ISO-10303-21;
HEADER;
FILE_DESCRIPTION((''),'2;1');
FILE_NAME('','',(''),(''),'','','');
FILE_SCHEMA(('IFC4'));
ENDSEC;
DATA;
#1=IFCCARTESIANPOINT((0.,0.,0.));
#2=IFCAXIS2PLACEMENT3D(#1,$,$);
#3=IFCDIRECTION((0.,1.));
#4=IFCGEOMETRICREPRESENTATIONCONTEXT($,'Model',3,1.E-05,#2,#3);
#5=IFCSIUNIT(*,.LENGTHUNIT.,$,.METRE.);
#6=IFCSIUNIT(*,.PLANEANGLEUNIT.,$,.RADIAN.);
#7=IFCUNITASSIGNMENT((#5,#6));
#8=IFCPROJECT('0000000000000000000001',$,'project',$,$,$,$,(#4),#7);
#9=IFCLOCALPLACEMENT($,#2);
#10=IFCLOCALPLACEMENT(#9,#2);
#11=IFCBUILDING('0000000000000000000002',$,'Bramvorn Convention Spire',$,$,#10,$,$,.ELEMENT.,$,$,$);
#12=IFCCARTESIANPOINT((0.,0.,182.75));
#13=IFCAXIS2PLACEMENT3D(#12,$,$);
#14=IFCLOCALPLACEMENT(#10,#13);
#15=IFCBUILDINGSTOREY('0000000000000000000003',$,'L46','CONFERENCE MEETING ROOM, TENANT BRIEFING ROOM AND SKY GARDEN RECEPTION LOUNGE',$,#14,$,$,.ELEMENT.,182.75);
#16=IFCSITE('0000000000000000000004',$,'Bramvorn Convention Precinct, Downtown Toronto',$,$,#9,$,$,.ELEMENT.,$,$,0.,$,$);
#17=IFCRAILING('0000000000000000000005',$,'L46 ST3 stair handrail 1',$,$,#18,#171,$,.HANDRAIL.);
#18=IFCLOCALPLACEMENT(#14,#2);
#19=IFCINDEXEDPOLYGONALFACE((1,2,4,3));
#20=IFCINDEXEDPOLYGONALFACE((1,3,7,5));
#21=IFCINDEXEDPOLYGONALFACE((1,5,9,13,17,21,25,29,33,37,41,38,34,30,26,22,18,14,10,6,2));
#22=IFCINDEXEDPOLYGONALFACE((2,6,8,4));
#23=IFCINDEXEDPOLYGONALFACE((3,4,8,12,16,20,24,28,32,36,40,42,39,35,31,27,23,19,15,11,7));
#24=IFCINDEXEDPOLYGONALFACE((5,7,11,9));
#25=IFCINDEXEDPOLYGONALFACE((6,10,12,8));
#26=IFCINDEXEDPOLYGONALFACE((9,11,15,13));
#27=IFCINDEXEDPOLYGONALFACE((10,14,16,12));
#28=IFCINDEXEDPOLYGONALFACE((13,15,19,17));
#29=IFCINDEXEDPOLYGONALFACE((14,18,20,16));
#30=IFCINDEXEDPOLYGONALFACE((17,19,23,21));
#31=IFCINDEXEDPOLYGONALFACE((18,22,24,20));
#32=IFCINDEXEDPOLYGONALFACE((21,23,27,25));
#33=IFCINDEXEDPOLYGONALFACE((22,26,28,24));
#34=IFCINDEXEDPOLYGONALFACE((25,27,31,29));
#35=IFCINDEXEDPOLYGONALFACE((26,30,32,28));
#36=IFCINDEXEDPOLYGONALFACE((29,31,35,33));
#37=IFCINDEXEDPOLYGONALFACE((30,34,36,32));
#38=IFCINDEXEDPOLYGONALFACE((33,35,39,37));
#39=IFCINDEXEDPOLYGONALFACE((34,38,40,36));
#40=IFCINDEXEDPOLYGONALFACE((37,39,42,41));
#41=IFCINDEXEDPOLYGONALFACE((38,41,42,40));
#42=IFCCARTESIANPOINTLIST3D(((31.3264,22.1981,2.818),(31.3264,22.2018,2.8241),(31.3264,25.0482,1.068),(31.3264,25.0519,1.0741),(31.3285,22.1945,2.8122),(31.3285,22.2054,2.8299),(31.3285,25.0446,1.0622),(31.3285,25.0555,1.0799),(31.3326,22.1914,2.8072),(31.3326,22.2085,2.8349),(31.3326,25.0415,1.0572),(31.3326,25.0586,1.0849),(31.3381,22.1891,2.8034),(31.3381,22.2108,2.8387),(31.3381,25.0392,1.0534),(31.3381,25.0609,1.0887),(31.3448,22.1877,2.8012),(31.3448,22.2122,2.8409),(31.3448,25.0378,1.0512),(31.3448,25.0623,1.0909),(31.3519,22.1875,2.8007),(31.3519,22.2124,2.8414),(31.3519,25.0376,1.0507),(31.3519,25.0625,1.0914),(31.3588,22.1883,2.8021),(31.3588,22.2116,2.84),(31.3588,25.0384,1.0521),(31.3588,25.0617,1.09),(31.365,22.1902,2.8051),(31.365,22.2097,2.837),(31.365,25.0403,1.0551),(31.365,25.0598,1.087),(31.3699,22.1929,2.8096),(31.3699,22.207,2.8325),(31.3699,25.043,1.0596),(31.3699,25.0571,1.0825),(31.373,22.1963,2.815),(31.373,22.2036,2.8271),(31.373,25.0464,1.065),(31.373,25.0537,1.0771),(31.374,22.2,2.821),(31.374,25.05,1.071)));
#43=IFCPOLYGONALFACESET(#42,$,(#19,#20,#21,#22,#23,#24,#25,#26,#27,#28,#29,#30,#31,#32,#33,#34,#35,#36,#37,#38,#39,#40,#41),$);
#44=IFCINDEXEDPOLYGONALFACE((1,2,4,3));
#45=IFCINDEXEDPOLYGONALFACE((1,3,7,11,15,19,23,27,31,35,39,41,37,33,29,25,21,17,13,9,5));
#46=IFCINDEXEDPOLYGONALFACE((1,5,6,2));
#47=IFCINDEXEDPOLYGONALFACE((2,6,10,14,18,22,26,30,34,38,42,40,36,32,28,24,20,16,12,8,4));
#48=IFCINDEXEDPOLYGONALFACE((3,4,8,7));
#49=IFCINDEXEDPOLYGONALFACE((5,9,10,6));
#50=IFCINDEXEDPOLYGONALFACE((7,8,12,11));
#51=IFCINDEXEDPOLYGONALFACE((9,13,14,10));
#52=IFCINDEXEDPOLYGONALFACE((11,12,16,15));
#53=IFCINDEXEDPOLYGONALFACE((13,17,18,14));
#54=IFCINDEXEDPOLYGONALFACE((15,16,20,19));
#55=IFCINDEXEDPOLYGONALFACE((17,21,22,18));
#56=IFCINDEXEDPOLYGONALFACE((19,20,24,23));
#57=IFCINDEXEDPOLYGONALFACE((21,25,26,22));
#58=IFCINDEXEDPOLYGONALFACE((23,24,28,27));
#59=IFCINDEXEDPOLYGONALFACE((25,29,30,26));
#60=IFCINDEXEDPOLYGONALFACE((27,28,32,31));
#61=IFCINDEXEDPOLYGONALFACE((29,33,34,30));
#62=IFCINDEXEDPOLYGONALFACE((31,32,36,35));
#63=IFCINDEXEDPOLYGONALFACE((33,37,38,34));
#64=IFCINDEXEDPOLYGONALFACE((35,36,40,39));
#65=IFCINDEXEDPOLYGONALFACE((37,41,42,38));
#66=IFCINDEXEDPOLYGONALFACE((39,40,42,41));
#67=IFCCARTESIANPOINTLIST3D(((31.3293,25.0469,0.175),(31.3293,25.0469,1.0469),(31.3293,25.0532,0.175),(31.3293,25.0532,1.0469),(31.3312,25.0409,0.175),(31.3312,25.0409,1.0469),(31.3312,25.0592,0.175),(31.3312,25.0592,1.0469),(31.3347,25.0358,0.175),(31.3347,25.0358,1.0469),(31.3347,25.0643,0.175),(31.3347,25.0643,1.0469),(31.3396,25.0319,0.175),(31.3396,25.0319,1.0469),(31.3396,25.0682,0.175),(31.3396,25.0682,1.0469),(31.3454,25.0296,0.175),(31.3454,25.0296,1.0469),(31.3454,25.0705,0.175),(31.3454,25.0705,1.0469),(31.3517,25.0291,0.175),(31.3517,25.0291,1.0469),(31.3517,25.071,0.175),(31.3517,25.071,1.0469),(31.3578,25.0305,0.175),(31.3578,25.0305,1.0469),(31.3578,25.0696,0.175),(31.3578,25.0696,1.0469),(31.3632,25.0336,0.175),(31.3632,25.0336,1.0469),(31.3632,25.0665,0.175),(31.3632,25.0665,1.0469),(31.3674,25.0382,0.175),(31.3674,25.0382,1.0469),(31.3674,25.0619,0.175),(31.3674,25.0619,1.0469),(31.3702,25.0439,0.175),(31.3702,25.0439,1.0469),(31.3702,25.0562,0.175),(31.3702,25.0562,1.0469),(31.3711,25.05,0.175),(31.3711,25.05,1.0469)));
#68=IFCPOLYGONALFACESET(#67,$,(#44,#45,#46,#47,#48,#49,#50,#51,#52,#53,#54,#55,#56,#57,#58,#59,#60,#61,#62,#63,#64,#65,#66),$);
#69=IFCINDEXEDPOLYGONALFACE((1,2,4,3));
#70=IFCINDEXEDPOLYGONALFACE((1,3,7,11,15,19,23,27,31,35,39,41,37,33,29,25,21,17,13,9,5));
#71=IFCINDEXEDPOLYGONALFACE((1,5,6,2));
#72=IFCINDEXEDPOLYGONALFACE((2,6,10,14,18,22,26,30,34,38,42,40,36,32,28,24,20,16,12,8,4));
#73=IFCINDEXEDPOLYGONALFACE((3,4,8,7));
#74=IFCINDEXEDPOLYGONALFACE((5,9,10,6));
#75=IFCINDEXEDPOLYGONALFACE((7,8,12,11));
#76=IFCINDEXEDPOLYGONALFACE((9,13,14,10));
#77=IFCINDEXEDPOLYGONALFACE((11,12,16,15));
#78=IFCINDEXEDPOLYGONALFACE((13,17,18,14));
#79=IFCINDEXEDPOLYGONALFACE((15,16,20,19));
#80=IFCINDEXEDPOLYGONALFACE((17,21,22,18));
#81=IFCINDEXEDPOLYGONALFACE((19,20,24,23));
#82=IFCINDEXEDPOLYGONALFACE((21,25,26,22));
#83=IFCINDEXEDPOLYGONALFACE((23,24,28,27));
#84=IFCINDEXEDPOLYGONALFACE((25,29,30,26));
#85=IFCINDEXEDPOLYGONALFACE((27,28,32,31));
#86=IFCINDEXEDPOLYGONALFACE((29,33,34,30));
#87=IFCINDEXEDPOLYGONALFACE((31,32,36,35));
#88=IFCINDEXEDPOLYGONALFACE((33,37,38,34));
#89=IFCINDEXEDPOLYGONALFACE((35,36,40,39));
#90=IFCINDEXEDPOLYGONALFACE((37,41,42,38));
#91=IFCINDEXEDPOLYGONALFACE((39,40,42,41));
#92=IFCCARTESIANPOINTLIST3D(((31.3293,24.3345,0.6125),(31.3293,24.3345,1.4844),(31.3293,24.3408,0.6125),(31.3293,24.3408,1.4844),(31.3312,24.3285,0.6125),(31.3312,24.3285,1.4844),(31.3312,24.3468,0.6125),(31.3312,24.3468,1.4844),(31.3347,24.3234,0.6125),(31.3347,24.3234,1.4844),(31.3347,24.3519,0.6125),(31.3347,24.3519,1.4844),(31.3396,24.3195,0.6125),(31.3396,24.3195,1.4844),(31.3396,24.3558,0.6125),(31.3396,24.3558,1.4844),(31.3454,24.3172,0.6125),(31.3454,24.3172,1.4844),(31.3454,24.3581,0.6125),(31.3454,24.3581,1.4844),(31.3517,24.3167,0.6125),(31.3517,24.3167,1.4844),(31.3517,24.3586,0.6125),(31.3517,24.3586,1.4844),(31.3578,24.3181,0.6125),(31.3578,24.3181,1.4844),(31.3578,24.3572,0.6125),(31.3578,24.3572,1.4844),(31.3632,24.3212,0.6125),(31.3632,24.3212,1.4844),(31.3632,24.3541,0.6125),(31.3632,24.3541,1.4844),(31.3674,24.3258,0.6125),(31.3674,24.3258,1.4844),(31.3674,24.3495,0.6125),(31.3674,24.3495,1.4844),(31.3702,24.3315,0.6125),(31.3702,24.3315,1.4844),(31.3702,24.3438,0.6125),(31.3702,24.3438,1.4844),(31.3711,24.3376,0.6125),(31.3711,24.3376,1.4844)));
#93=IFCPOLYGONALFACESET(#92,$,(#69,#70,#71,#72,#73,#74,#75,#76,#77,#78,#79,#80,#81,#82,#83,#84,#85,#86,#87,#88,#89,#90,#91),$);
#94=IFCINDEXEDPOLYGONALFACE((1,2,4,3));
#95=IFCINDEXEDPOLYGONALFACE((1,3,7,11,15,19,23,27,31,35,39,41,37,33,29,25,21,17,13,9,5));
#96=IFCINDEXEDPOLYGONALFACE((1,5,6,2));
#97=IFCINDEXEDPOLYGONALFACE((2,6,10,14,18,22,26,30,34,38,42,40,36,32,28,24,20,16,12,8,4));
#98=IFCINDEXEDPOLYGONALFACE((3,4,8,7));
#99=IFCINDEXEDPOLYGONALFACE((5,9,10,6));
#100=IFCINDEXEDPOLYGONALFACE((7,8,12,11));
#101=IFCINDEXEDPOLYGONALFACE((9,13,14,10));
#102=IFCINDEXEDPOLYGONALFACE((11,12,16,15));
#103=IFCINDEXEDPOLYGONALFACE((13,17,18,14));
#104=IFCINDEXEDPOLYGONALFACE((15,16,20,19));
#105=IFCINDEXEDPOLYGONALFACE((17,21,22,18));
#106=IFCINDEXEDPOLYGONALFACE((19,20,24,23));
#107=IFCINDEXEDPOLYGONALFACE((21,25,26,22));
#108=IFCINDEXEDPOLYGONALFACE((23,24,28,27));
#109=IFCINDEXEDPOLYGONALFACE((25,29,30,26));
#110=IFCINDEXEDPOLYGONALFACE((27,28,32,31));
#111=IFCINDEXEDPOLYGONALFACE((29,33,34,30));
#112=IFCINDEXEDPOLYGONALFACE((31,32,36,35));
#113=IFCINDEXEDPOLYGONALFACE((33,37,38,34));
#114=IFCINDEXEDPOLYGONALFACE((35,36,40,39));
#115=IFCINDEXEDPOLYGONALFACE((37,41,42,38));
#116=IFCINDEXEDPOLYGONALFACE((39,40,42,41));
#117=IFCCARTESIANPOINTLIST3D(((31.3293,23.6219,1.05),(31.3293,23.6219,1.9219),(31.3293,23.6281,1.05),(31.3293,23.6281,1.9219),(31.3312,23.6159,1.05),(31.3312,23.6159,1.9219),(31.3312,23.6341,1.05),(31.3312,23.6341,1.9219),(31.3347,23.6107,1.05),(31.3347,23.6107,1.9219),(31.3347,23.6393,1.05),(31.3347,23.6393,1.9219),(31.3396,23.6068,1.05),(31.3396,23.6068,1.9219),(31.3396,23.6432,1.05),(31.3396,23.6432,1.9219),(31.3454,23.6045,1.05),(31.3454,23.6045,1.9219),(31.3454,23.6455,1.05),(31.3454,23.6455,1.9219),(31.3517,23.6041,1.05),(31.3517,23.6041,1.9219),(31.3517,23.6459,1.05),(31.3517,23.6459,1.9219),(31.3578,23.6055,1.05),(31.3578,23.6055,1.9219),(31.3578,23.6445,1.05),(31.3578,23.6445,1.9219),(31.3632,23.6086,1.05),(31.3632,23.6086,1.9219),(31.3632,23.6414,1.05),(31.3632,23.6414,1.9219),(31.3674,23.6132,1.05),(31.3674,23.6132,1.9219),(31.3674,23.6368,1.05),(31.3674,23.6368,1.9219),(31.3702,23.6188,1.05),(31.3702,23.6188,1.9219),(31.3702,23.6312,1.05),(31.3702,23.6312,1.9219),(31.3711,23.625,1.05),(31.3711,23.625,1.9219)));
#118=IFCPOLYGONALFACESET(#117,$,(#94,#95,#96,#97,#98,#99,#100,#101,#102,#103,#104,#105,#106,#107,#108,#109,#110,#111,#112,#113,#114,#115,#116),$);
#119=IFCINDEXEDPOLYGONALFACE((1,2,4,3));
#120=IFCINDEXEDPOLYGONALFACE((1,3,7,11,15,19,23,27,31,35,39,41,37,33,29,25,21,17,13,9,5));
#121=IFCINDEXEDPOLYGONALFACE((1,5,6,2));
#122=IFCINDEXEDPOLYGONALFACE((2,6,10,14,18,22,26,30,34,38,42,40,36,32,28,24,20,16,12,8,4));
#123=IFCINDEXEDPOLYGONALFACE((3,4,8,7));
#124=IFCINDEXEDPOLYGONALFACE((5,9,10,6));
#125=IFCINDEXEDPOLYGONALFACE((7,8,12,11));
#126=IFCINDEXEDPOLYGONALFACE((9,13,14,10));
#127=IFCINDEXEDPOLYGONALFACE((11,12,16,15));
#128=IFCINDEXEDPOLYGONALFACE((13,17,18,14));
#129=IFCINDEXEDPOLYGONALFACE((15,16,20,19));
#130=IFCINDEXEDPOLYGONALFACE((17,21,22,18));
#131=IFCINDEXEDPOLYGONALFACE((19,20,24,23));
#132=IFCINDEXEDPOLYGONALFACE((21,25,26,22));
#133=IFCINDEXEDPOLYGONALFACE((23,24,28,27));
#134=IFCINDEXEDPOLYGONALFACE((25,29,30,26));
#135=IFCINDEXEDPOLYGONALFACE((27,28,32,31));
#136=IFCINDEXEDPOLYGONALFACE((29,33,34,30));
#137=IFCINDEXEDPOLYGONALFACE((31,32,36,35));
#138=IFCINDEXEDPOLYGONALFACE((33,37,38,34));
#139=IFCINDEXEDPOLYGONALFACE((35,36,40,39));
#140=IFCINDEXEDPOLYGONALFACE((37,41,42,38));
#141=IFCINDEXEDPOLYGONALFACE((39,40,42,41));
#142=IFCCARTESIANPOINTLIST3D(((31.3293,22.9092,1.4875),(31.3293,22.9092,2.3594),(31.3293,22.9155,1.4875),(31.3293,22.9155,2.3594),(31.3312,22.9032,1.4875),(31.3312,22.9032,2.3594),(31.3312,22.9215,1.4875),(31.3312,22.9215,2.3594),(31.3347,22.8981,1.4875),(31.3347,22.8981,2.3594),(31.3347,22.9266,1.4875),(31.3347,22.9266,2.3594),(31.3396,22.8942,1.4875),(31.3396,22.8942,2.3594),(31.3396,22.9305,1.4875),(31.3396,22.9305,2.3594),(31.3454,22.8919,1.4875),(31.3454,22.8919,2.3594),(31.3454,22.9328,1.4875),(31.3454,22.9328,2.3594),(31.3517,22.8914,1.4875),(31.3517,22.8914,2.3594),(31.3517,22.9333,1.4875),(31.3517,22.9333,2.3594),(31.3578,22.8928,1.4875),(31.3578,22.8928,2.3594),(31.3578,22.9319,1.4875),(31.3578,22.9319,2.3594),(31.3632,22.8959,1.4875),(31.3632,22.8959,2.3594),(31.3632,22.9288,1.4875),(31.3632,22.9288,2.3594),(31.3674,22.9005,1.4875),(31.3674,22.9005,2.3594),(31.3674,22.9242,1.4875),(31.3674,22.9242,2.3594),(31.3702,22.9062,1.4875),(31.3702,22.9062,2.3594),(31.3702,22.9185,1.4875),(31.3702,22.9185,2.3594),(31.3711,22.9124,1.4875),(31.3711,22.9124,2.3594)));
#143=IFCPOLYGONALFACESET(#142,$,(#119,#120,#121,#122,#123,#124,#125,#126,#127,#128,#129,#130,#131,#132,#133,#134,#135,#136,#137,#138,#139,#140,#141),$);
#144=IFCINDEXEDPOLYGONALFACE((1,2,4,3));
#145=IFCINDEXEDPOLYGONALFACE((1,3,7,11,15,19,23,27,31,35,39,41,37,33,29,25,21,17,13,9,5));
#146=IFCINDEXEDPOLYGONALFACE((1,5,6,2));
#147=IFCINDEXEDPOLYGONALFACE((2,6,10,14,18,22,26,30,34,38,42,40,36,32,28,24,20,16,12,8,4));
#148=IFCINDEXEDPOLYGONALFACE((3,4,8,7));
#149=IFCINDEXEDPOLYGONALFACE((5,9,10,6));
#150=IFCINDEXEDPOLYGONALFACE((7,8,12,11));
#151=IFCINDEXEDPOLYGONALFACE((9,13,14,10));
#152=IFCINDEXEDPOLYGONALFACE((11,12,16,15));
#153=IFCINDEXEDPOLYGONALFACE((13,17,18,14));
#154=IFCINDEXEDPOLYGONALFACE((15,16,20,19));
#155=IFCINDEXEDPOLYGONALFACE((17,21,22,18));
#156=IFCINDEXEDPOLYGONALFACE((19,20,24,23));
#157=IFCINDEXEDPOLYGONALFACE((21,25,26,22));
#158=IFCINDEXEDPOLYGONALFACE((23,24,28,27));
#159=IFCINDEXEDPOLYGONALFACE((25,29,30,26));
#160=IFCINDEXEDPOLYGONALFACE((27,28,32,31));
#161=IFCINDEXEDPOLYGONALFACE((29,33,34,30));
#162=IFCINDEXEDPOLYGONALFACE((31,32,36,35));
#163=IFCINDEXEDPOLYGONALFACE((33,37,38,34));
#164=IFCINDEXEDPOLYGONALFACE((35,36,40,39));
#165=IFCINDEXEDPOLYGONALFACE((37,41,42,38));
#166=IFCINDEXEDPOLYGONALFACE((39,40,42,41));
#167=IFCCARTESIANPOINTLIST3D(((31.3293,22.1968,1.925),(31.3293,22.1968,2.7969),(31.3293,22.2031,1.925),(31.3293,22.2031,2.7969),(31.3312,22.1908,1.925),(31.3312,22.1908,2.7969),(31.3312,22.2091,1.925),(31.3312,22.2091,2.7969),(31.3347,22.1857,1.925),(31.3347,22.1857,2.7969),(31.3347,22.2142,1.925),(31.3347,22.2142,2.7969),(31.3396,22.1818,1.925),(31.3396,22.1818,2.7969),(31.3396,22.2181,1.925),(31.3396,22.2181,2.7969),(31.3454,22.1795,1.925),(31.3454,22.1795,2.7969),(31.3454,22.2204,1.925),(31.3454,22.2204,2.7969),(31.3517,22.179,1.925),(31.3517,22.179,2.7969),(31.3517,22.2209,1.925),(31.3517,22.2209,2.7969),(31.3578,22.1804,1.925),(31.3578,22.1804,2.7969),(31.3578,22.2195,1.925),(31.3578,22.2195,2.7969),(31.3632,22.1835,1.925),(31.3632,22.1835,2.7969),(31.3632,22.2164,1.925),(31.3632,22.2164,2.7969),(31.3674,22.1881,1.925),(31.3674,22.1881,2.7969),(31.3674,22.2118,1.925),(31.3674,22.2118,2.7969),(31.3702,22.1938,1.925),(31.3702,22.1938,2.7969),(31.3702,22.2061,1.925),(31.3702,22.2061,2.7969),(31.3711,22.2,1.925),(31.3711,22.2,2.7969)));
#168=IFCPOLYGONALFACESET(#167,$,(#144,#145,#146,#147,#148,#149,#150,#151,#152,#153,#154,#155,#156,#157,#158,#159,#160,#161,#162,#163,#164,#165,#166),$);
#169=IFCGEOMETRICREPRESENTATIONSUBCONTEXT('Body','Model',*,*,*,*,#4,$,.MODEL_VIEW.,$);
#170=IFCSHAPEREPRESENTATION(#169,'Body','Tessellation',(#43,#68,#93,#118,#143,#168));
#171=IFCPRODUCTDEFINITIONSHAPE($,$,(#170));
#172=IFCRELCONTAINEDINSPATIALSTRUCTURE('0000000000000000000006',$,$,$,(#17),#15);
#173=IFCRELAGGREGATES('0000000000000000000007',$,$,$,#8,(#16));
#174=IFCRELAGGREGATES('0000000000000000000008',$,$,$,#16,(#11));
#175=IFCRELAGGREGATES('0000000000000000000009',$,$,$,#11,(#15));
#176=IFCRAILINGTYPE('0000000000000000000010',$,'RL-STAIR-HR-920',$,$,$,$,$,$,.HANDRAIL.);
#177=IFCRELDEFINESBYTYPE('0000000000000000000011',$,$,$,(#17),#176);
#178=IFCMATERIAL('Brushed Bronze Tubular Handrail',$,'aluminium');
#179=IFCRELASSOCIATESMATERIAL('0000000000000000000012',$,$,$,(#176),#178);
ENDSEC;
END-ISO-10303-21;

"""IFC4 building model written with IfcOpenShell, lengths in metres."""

from ifc_helpers import new_model, si_unit, direction, frame, origin, origin_2d, place, context, subcontext, project, spatial, circle, extrude, material, type_object, element, save


model = new_model("IFC4")

# Units and contexts
model_context = context("Model", 3, precision=1e-05, world=origin(), true_north=direction((0.0, 1.0)))
body_context = subcontext(model_context, "Body", "Model", "MODEL_VIEW")
ifc_project = project(units=[si_unit("LENGTHUNIT", "METRE"), si_unit("PLANEANGLEUNIT", "RADIAN")], contexts=[model_context])

# Site, building, storey
site_placement = place(None, origin())
site = spatial("IfcSite", under=ifc_project, at=site_placement, Name="Bramvorn Convention Precinct, Downtown Toronto", CompositionType="ELEMENT", RefElevation=0.0)
building_placement = place(site_placement, origin())
building = spatial("IfcBuilding", under=site, at=building_placement, Name="Bramvorn Convention Spire", CompositionType="ELEMENT")
storey_placement = place(building_placement, frame((0.0, 0.0, 182.75)))
storey = spatial("IfcBuildingStorey", under=building, at=storey_placement, Name="L46", Description="CONFERENCE MEETING ROOM, TENANT BRIEFING ROOM AND SKY GARDEN RECEPTION LOUNGE", CompositionType="ELEMENT", Elevation=182.75)

# Railing
ifc_material_1 = material(Name="Brushed Bronze Tubular Handrail", Category="aluminium")
railing_type_1 = type_object("IfcRailingType", Name="RL-STAIR-HR-920", PredefinedType="HANDRAIL", material=ifc_material_1)
railing_1_placement = place(storey_placement, frame((31.3501, 25.05, 0.175)))
element("IfcRailing", 1, at=railing_1_placement, inside=storey, type_object=railing_type_1, Name="L46 ST3 stair handrail 1", PredefinedType="HANDRAIL", context=body_context, shape_type="SweptSolid", body=[
    extrude(circle(Radius=0.0239, at=origin_2d()), frame((0.0, 0.0, 0.896), z_axis=(0.0, -0.852179, 0.52325), x_axis=(1.0, 0.0, 0.0)), (0.0, 0.0, 1.0), 3.3445),
    extrude(circle(Radius=0.021, at=origin_2d()), origin(), (0.0, 0.0, 1.0), 0.8718),
    extrude(circle(Radius=0.021, at=origin_2d()), frame((0.0, -0.7124, 0.4375)), (0.0, 0.0, 1.0), 0.8718),
    extrude(circle(Radius=0.021, at=origin_2d()), frame((0.0, -1.425, 0.875)), (0.0, 0.0, 1.0), 0.8718),
    extrude(circle(Radius=0.021, at=origin_2d()), frame((0.0, -2.1377, 1.3125)), (0.0, 0.0, 1.0), 0.8718),
    extrude(circle(Radius=0.021, at=origin_2d()), frame((0.0, -2.8501, 1.75)), (0.0, 0.0, 1.0), 0.8718),
])

save(model, "model.ifc")
